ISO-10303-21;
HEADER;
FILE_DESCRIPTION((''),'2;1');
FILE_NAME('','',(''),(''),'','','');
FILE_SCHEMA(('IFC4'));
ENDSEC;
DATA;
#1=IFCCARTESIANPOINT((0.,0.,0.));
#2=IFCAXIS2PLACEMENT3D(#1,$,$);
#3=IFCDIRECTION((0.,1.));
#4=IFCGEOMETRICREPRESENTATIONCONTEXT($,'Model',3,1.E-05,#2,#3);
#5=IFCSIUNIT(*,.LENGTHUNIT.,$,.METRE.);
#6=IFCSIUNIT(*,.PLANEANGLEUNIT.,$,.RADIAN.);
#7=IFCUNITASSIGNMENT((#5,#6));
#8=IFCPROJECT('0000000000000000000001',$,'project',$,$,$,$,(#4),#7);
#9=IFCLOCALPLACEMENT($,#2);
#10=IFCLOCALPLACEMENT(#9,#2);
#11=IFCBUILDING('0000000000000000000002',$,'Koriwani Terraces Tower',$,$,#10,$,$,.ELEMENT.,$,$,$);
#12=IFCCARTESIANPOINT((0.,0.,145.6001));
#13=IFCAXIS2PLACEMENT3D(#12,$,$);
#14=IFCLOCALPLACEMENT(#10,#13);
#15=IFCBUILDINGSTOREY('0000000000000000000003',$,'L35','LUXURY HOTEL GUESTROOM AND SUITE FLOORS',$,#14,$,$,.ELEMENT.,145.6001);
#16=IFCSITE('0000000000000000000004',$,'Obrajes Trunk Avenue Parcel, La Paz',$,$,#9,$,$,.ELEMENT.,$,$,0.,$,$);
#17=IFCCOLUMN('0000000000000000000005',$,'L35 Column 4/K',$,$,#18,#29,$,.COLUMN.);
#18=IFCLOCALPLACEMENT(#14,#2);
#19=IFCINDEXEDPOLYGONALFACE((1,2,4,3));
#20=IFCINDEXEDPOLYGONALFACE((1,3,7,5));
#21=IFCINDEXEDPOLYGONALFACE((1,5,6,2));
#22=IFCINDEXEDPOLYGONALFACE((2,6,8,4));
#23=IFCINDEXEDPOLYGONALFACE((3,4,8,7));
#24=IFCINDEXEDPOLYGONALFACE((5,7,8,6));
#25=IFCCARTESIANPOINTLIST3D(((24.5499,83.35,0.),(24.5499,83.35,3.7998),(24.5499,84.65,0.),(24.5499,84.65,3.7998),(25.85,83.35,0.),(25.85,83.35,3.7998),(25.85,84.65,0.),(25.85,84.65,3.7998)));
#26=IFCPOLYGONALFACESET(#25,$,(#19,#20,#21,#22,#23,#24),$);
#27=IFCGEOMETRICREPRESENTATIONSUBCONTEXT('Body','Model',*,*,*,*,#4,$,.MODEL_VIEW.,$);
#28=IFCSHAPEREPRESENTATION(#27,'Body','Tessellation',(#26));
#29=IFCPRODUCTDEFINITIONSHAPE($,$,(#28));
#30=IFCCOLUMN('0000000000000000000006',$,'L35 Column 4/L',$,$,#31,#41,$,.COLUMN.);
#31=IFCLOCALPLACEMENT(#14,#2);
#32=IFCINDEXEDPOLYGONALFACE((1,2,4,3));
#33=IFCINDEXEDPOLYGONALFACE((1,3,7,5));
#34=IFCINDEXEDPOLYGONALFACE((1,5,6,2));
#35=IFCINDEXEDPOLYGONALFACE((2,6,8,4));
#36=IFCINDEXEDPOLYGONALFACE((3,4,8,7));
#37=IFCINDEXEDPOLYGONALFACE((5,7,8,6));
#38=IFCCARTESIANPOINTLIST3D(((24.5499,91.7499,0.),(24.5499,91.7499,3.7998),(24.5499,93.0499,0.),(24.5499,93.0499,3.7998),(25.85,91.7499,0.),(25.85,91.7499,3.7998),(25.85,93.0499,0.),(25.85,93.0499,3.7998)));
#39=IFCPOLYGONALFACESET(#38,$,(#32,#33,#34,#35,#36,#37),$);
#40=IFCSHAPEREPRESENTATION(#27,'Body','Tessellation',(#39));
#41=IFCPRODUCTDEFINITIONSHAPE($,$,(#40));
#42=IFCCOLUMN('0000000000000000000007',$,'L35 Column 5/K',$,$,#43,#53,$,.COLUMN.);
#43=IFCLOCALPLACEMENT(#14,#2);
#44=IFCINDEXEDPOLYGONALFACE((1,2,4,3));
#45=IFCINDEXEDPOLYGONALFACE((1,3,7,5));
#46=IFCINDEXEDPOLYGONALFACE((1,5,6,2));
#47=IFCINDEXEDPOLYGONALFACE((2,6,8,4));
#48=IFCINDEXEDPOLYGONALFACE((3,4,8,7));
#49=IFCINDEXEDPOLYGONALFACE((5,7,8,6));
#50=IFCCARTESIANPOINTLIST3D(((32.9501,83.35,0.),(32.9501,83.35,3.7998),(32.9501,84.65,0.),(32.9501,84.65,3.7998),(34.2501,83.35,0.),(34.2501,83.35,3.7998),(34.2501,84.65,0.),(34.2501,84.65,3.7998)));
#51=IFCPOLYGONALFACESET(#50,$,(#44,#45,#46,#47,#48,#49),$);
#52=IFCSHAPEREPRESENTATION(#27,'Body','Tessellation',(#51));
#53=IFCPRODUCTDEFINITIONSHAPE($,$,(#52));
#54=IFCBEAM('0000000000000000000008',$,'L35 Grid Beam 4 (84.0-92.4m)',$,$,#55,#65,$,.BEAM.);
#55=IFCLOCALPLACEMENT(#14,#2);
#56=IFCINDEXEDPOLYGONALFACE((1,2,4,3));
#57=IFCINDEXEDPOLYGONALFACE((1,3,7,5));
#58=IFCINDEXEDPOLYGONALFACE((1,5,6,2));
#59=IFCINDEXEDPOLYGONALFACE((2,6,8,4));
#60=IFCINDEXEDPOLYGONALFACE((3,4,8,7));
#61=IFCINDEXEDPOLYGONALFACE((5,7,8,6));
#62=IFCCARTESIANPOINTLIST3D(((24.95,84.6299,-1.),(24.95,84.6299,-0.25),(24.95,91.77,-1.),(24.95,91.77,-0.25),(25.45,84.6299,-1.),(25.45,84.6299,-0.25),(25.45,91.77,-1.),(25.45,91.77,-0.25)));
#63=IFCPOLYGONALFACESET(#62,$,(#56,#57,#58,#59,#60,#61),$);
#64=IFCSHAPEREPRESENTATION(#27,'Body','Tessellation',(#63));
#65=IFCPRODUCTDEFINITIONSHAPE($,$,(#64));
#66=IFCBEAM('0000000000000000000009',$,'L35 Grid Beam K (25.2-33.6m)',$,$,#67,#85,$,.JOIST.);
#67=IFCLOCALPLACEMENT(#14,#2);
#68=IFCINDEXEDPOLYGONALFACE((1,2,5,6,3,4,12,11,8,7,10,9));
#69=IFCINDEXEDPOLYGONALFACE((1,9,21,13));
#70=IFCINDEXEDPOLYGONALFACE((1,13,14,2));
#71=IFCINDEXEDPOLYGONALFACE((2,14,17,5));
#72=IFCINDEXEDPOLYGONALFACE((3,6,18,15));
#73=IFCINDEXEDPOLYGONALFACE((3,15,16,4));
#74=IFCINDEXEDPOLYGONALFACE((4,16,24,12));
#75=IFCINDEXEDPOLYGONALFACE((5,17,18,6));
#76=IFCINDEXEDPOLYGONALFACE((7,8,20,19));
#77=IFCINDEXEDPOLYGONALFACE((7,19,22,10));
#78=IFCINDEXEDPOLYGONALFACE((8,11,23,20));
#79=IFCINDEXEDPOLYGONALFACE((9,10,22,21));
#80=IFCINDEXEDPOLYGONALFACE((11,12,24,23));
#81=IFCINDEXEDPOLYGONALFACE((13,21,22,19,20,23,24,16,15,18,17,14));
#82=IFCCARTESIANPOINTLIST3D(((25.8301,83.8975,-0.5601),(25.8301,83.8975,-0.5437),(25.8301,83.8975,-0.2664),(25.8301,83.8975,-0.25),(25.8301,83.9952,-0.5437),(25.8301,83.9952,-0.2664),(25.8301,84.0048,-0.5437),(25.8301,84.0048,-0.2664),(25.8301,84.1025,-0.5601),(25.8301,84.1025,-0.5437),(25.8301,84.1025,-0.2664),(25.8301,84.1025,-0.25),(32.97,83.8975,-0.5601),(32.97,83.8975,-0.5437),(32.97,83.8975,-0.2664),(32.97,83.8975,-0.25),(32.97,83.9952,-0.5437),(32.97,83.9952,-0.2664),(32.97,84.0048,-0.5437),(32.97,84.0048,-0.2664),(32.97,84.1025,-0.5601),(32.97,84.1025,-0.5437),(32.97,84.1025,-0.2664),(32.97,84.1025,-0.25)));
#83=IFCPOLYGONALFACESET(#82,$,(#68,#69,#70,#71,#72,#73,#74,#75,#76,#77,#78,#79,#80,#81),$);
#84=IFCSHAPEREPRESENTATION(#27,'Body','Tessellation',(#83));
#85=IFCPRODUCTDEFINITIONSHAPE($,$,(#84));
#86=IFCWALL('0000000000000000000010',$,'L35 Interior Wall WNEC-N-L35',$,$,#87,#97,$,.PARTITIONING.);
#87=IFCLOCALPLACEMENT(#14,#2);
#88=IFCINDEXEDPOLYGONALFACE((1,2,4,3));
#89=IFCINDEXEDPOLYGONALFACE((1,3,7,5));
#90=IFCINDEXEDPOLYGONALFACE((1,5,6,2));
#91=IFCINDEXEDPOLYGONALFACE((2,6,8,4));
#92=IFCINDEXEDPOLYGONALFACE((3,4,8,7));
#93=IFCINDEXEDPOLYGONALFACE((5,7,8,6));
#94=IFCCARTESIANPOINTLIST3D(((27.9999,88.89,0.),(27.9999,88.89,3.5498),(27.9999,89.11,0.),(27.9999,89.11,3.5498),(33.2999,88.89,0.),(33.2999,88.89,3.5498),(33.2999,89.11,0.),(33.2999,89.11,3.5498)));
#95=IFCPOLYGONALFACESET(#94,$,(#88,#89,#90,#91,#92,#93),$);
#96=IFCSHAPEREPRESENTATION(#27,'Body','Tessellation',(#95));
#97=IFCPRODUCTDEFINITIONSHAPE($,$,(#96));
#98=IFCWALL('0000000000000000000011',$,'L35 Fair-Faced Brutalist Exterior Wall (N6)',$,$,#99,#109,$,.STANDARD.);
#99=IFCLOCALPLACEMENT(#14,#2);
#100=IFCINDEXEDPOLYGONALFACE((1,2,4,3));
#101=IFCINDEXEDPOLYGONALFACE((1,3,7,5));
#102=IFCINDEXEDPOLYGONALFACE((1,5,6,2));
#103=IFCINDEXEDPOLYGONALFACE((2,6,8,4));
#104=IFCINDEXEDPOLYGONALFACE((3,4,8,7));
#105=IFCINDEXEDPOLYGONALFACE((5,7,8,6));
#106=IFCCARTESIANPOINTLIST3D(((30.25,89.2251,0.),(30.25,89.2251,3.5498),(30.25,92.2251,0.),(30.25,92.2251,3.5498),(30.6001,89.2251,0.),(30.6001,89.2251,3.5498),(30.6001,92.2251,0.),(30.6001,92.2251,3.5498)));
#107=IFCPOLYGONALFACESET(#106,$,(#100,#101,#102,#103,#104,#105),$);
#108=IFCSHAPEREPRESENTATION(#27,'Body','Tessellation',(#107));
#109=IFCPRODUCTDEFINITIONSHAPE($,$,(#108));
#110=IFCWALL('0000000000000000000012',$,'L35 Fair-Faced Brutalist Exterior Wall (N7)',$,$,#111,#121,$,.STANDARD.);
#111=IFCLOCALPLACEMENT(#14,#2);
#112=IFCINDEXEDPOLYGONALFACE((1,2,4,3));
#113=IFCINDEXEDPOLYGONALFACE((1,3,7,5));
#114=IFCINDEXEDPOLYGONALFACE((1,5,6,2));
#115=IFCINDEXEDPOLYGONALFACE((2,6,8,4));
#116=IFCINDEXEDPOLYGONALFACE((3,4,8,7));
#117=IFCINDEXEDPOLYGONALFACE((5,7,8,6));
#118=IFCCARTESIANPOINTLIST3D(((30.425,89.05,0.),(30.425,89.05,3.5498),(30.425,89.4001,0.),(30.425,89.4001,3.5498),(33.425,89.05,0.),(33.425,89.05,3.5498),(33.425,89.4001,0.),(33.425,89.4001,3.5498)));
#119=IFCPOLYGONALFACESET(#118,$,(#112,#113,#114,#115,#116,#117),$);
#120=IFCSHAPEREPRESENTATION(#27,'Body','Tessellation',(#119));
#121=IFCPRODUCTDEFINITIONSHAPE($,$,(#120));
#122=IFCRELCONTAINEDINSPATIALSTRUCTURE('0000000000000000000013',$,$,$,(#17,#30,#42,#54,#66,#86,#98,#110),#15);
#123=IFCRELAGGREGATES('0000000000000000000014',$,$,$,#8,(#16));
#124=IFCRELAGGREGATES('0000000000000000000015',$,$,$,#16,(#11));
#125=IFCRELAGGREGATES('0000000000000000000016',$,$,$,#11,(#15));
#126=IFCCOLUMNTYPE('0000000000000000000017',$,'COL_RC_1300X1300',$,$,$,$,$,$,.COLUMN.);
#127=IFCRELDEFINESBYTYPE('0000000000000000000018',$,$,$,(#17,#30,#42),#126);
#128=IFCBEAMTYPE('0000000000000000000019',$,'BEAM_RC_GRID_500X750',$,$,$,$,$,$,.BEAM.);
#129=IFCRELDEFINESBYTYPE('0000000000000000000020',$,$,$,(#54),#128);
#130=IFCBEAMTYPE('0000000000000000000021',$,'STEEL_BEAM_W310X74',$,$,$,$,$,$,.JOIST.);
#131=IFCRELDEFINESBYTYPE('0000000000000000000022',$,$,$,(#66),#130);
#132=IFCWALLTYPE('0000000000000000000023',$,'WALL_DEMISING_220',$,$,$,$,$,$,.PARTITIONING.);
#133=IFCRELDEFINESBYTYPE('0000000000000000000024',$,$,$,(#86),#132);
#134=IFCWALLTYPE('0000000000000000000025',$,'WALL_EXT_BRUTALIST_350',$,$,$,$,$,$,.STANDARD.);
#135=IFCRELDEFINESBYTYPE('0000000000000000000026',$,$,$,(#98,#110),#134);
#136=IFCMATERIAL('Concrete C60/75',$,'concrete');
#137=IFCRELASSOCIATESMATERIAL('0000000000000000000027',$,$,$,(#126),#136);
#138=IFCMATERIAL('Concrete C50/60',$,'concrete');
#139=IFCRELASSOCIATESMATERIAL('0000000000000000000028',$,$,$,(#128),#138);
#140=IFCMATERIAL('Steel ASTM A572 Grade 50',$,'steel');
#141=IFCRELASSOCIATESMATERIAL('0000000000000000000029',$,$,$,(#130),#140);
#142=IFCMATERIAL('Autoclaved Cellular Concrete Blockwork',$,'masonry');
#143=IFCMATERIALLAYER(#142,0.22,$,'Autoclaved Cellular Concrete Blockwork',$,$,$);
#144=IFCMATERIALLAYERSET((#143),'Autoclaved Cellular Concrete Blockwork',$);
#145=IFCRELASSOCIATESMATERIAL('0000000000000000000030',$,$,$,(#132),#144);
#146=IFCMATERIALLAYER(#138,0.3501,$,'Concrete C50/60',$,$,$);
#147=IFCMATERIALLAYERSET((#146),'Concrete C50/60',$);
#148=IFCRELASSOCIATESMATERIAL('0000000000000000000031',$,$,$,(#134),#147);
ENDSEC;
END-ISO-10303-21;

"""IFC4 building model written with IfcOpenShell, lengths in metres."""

from ifc_helpers import new_model, si_unit, direction, frame, frame_2d, origin, origin_2d, place, context, subcontext, project, spatial, rectangle, i_section, extrude, material, layer, layer_set, material_profile, profile_set, type_object, element, save


model = new_model("IFC4")

# Units and contexts
model_context = context("Model", 3, precision=1e-05, world=origin(), true_north=direction((0.0, 1.0)))
body_context = subcontext(model_context, "Body", "Model", "MODEL_VIEW")
ifc_project = project(units=[si_unit("LENGTHUNIT", "METRE"), si_unit("PLANEANGLEUNIT", "RADIAN")], contexts=[model_context])

# Site, building, storey
site_placement = place(None, origin())
site = spatial("IfcSite", under=ifc_project, at=site_placement, Name="Obrajes Trunk Avenue Parcel, La Paz", CompositionType="ELEMENT", RefElevation=0.0)
building_placement = place(site_placement, origin())
building = spatial("IfcBuilding", under=site, at=building_placement, Name="Koriwani Terraces Tower", CompositionType="ELEMENT")
storey_placement = place(building_placement, frame((0.0, 0.0, 145.6001)))
storey = spatial("IfcBuildingStorey", under=building, at=storey_placement, Name="L35", Description="LUXURY HOTEL GUESTROOM AND SUITE FLOORS", CompositionType="ELEMENT", Elevation=145.6001)

# Columns
ifc_material_1 = material(Name="Concrete C60/75", Category="concrete")
ifc_material_profile_1 = material_profile(ifc_material_1, rectangle(XDim=1.3, YDim=1.3, at=origin_2d()), Name="Concrete C60/75", Category="LoadBearing")
ifc_profile_set_1 = profile_set([ifc_material_profile_1], Name="Concrete C60/75")
column_type = type_object("IfcColumnType", Name="COL_RC_1300X1300", PredefinedType="COLUMN", material=ifc_profile_set_1)
for number, where, z_axis, x_axis, name in (
    (1, (25.2, 84.0, 0.0), (0.0, 0.0, 1.0), (1.0, 0.0, 0.0), "L35 Column 4/K"),
    (2, (25.2, 92.3999, 0.0), (0.0, 0.0, 1.0), (1.0, 0.0, 0.0), "L35 Column 4/L"),
    (3, (33.6001, 84.0, 0.0), (0.0, 0.0, 1.0), (1.0, 0.0, 0.0), "L35 Column 5/K"),
):
    element("IfcColumn", number, at=place(storey_placement, frame(where, z_axis=z_axis, x_axis=x_axis)), inside=storey, type_object=column_type, Name=name, PredefinedType="COLUMN", context=body_context, shape_type="SweptSolid", body=[
        extrude(rectangle(XDim=1.3, YDim=1.3, at=origin_2d()), origin(), (0.0, 0.0, 1.0), 3.7998),
    ])

# Beams
ifc_material_2 = material(Name="Concrete C50/60", Category="concrete")
ifc_material_profile_2 = material_profile(ifc_material_2, rectangle(XDim=0.5, YDim=0.75, at=origin_2d()), Name="Concrete C50/60", Category="LoadBearing")
ifc_profile_set_2 = profile_set([ifc_material_profile_2], Name="Concrete C50/60")
beam_type_1 = type_object("IfcBeamType", Name="BEAM_RC_GRID_500X750", PredefinedType="BEAM", material=ifc_profile_set_2)
beam_1_placement = place(storey_placement, frame((25.2, 84.6299, -0.625), z_axis=(0.0, 1.0, 0.0), x_axis=(-1.0, 0.0, 0.0)))
element("IfcBeam", 4, at=beam_1_placement, inside=storey, type_object=beam_type_1, Name="L35 Grid Beam 4 (84.0-92.4m)", PredefinedType="BEAM", context=body_context, shape_type="SweptSolid", body=[
    extrude(rectangle(XDim=0.5, YDim=0.75, at=origin_2d()), origin(), (0.0, 0.0, 1.0), 7.1401),
])
ifc_material_3 = material(Name="Steel ASTM A572 Grade 50", Category="steel")
ifc_material_profile_3 = material_profile(ifc_material_3, i_section(OverallWidth=0.2051, OverallDepth=0.3101, WebThickness=0.0095, FlangeThickness=0.0164, at=origin_2d()), Name="Steel ASTM A572 Grade 50", Category="LoadBearing")
ifc_profile_set_3 = profile_set([ifc_material_profile_3], Name="Steel ASTM A572 Grade 50")
beam_type_2 = type_object("IfcBeamType", Name="STEEL_BEAM_W310X74", PredefinedType="JOIST", material=ifc_profile_set_3)
beam_2_placement = place(storey_placement, frame((25.8301, 84.0, -0.405), z_axis=(1.0, 0.0, 0.0), x_axis=(0.0, 1.0, 0.0)))
element("IfcBeam", 5, at=beam_2_placement, inside=storey, type_object=beam_type_2, Name="L35 Grid Beam K (25.2-33.6m)", PredefinedType="JOIST", context=body_context, shape_type="SweptSolid", body=[
    extrude(i_section(OverallWidth=0.2051, OverallDepth=0.3101, WebThickness=0.0095, FlangeThickness=0.0164, at=origin_2d()), origin(), (0.0, 0.0, 1.0), 7.1399),
])

# Walls
ifc_material_4 = material(Name="Autoclaved Cellular Concrete Blockwork", Category="masonry")
ifc_layer_1 = layer(ifc_material_4, 0.22, Name="Autoclaved Cellular Concrete Blockwork")
ifc_layer_set_1 = layer_set([ifc_layer_1], Name="Autoclaved Cellular Concrete Blockwork")
wall_type_1 = type_object("IfcWallType", Name="WALL_DEMISING_220", PredefinedType="PARTITIONING", material=ifc_layer_set_1)
wall_1_placement = place(storey_placement, frame((28.0, 89.0, 0.0), z_axis=(0.0, 0.0, 1.0), x_axis=(1.0, 0.0, 0.0)))
element("IfcWall", 6, at=wall_1_placement, inside=storey, type_object=wall_type_1, Name="L35 Interior Wall WNEC-N-L35", PredefinedType="PARTITIONING", context=body_context, shape_type="SweptSolid", body=[
    extrude(rectangle(XDim=5.3, YDim=0.22, at=frame_2d((2.6499, 0.0))), origin(), (0.0, 0.0, 1.0), 3.5498),
])
ifc_layer_2 = layer(ifc_material_2, 0.3501, Name="Concrete C50/60")
ifc_layer_set_2 = layer_set([ifc_layer_2], Name="Concrete C50/60")
wall_type_2 = type_object("IfcWallType", Name="WALL_EXT_BRUTALIST_350", PredefinedType="STANDARD", material=ifc_layer_set_2)
for number, where, z_axis, x_axis, name in (
    (7, (30.425, 92.2251, 0.0), (0.0, 0.0, 1.0), (0.0, -1.0, 0.0), "L35 Fair-Faced Brutalist Exterior Wall (N6)"),
    (8, (30.425, 89.2251, 0.0), (0.0, 0.0, 1.0), (1.0, 0.0, 0.0), "L35 Fair-Faced Brutalist Exterior Wall (N7)"),
):
    element("IfcWall", number, at=place(storey_placement, frame(where, z_axis=z_axis, x_axis=x_axis)), inside=storey, type_object=wall_type_2, Name=name, PredefinedType="STANDARD", context=body_context, shape_type="SweptSolid", body=[
        extrude(rectangle(XDim=3.0, YDim=0.3501, at=frame_2d((1.5, 0.0))), origin(), (0.0, 0.0, 1.0), 3.5498),
    ])

save(model, "model.ifc")
